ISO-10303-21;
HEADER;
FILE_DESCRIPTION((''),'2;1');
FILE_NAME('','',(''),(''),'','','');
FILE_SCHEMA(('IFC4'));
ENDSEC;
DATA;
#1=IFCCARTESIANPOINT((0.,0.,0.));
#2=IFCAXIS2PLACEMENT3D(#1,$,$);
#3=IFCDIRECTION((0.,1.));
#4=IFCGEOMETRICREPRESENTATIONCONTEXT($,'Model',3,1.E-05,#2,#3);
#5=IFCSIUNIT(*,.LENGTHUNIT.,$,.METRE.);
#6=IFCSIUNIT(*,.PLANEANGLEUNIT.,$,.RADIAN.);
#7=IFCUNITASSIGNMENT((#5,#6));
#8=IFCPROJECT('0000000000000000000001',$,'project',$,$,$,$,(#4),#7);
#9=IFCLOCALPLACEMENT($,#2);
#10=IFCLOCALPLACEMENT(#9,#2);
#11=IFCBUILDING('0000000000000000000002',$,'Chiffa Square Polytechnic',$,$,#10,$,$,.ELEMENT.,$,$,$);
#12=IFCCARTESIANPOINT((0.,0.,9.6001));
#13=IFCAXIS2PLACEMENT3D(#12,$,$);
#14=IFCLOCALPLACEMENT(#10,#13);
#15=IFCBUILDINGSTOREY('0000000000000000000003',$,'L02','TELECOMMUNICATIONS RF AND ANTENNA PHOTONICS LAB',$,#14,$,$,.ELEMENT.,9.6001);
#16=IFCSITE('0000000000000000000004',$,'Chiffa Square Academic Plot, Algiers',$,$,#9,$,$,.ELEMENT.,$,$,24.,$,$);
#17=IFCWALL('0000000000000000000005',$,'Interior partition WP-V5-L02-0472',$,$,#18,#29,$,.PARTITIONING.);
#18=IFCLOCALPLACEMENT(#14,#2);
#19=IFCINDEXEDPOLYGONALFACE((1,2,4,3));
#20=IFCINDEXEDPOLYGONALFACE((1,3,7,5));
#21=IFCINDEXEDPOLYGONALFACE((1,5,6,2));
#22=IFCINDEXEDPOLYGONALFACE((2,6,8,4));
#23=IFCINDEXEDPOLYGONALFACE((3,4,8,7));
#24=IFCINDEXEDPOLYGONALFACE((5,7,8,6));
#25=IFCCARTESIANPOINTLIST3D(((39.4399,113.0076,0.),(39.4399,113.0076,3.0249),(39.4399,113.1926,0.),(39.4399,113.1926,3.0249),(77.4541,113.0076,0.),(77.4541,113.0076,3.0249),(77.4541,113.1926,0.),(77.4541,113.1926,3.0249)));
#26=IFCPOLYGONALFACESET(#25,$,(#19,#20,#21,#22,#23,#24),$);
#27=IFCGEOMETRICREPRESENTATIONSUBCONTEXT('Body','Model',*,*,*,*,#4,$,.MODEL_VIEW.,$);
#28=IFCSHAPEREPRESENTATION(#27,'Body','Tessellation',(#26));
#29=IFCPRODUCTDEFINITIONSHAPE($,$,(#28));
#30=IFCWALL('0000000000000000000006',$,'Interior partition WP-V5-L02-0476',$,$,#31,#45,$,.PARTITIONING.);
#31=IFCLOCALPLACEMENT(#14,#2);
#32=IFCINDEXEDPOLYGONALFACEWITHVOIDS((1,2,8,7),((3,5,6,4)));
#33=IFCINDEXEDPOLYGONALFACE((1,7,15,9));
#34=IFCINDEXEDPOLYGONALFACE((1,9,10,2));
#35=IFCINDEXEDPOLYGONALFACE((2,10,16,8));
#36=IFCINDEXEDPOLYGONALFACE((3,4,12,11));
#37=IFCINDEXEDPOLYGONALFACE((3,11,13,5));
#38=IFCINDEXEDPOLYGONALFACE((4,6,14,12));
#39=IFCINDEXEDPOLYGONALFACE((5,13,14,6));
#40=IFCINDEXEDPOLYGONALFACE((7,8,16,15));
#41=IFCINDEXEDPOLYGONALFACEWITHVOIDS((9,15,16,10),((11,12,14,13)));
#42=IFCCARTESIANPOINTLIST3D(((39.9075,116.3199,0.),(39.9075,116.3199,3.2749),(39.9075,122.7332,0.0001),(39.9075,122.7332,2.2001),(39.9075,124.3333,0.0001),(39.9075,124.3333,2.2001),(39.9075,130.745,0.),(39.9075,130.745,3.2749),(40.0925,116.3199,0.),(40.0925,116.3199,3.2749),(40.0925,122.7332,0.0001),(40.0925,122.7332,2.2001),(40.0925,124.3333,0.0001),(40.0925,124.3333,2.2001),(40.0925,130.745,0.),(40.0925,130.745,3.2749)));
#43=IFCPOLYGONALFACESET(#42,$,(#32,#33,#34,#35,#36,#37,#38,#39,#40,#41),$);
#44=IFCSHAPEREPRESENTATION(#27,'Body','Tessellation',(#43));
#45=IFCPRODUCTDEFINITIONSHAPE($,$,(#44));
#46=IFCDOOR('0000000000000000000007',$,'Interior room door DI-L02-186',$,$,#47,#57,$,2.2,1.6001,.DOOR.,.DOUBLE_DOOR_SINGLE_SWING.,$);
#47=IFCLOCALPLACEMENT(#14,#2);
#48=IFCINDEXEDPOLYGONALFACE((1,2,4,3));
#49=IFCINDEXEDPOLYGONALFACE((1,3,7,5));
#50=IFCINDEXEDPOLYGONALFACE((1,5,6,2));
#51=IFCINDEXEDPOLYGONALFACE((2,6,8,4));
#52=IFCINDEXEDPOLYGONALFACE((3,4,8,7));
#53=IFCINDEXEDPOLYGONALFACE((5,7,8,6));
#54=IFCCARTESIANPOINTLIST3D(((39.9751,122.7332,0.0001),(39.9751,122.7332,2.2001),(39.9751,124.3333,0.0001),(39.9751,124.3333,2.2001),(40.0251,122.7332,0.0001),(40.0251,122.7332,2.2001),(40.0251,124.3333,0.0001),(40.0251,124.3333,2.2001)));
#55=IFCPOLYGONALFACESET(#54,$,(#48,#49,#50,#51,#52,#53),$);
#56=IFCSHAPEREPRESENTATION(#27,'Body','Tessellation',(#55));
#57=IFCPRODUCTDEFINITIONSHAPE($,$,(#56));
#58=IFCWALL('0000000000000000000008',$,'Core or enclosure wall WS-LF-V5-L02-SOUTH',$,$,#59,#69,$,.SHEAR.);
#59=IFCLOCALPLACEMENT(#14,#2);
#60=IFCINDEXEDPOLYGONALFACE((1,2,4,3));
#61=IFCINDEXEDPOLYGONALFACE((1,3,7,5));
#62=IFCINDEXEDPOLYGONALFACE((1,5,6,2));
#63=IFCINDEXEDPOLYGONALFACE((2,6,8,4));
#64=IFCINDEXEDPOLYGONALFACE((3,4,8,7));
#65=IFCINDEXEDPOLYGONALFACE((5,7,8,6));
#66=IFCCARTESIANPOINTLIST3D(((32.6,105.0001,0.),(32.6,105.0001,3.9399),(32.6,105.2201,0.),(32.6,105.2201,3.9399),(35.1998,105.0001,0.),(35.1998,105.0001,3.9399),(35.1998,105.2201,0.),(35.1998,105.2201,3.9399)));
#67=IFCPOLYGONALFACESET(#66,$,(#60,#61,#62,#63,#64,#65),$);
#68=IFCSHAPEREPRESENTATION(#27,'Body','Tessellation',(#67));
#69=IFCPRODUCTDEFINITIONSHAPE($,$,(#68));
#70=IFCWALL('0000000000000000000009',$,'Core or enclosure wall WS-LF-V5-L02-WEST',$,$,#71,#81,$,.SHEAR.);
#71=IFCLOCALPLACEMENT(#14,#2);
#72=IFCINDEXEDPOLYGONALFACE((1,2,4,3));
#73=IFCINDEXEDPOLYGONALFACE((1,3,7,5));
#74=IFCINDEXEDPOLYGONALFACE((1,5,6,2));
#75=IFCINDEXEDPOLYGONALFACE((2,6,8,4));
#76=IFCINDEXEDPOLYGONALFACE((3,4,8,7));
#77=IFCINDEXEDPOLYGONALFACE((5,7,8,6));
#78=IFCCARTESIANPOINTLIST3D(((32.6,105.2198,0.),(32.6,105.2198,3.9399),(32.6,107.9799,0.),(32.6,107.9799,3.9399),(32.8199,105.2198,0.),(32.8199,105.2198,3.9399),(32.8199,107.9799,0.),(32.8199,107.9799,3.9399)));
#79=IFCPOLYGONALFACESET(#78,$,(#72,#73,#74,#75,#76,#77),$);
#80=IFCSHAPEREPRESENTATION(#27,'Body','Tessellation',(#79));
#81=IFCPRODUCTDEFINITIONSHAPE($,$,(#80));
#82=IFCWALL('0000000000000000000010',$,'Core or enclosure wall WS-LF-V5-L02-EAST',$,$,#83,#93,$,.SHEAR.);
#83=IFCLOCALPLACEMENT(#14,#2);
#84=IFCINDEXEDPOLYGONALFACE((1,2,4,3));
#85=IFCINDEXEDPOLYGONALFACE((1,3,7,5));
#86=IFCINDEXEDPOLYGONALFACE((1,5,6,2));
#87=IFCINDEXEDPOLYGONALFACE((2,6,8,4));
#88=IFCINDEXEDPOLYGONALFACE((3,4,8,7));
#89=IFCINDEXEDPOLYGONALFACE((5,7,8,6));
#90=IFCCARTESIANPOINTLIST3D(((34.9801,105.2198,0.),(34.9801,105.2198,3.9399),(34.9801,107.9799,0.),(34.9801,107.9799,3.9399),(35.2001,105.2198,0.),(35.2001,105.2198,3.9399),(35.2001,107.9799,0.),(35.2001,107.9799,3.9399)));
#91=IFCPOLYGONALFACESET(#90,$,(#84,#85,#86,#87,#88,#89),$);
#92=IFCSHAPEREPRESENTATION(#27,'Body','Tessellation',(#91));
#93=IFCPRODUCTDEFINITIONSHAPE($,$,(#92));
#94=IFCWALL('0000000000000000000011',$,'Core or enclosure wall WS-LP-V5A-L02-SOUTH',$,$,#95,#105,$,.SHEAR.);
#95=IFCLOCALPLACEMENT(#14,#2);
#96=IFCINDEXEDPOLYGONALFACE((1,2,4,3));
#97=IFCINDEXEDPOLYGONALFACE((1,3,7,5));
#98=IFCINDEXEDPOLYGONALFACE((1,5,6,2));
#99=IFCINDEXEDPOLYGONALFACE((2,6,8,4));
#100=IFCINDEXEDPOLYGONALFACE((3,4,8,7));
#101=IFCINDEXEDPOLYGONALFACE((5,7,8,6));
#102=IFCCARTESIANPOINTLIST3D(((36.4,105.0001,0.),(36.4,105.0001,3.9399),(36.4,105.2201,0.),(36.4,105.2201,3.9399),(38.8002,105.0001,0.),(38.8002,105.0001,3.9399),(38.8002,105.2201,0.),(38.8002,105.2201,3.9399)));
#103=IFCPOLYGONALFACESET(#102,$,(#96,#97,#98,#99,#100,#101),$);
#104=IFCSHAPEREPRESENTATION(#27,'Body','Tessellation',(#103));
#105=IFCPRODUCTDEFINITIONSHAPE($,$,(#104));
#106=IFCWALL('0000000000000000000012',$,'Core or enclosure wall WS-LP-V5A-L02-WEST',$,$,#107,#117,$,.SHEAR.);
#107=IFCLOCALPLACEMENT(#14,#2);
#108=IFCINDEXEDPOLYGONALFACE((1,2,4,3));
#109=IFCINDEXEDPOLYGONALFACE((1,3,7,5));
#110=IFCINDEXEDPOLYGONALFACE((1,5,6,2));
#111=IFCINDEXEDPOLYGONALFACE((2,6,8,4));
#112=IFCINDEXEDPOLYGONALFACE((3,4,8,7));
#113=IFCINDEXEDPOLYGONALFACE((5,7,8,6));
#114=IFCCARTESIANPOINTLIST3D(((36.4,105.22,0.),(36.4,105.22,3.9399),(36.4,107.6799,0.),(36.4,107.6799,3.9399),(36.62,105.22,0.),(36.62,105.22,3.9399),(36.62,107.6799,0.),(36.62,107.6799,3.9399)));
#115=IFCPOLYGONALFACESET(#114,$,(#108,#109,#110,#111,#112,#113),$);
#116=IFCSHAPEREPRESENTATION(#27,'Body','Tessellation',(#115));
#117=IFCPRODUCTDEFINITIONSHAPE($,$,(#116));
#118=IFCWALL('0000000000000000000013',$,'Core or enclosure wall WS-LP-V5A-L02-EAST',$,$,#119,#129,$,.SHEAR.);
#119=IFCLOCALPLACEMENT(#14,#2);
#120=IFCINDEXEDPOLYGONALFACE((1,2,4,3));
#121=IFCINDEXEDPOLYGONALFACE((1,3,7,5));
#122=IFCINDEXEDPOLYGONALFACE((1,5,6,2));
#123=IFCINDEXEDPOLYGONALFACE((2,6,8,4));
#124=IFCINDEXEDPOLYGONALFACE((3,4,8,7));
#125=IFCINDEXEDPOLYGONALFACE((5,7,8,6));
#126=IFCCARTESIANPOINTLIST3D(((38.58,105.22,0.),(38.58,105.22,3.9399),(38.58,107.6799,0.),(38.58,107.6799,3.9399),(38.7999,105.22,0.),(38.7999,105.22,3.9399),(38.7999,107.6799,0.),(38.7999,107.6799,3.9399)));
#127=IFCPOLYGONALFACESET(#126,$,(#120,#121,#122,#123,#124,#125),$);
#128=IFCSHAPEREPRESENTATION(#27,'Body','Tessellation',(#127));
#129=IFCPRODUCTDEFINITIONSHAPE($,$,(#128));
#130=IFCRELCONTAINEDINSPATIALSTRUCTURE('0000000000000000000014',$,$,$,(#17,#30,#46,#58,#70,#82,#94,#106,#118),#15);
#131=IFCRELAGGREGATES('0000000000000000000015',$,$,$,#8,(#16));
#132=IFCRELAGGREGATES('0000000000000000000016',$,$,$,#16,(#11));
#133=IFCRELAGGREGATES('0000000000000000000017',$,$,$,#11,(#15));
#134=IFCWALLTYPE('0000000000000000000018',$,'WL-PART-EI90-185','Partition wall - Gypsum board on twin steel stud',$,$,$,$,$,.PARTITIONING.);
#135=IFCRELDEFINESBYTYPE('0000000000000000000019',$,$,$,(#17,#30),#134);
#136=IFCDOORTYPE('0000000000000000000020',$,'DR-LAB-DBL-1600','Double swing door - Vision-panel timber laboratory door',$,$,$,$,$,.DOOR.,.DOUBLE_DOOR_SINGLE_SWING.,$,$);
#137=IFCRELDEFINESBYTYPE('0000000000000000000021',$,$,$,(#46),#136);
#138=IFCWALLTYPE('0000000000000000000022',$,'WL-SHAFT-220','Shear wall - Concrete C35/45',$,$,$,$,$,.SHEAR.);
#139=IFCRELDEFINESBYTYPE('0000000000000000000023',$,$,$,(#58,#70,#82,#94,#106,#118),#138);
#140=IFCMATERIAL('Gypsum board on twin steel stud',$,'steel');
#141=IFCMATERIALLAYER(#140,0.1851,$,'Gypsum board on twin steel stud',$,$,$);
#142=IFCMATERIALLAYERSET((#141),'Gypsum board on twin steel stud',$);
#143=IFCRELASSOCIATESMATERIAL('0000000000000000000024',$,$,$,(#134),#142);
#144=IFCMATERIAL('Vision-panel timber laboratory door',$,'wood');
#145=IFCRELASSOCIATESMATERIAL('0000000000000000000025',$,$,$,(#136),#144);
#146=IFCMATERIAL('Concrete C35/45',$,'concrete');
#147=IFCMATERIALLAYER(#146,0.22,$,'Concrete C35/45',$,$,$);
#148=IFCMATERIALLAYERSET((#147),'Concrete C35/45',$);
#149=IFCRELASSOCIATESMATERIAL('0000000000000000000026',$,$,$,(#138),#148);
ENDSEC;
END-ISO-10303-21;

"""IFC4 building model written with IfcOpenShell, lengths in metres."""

from ifc_helpers import new_model, si_unit, direction, frame, frame_2d, origin, place, context, subcontext, project, spatial, rectangle, extrude, material, layer, layer_set, type_object, element, fill, save


model = new_model("IFC4")

# Units and contexts
model_context = context("Model", 3, precision=1e-05, world=origin(), true_north=direction((0.0, 1.0)))
body_context = subcontext(model_context, "Body", "Model", "MODEL_VIEW")
ifc_project = project(units=[si_unit("LENGTHUNIT", "METRE"), si_unit("PLANEANGLEUNIT", "RADIAN")], contexts=[model_context])

# Site, building, storey
site_placement = place(None, origin())
site = spatial("IfcSite", under=ifc_project, at=site_placement, Name="Chiffa Square Academic Plot, Algiers", CompositionType="ELEMENT", RefElevation=24.0)
building_placement = place(site_placement, origin())
building = spatial("IfcBuilding", under=site, at=building_placement, Name="Chiffa Square Polytechnic", CompositionType="ELEMENT")
storey_placement = place(building_placement, frame((0.0, 0.0, 9.6001)))
storey = spatial("IfcBuildingStorey", under=building, at=storey_placement, Name="L02", Description="TELECOMMUNICATIONS RF AND ANTENNA PHOTONICS LAB", CompositionType="ELEMENT", Elevation=9.6001)

# Shared definitions
ifc_material_1 = material(Name="Concrete C35/45", Category="concrete")

# Wall
ifc_material_2 = material(Name="Gypsum board on twin steel stud", Category="steel")
ifc_layer_1 = layer(ifc_material_2, 0.1851, Name="Gypsum board on twin steel stud")
ifc_layer_set_1 = layer_set([ifc_layer_1], Name="Gypsum board on twin steel stud")
wall_type_1 = type_object("IfcWallType", Name="WL-PART-EI90-185", Description="Partition wall - Gypsum board on twin steel stud", PredefinedType="PARTITIONING", material=ifc_layer_set_1)
wall_1_placement = place(storey_placement, frame((39.4399, 113.1001, 0.0), z_axis=(0.0, 0.0, 1.0), x_axis=(1.0, 0.0, 0.0)))
element("IfcWall", 1, at=wall_1_placement, inside=storey, type_object=wall_type_1, Name="Interior partition WP-V5-L02-0472", PredefinedType="PARTITIONING", context=body_context, shape_type="SweptSolid", body=[
    extrude(rectangle(XDim=38.0142, YDim=0.1851, at=frame_2d((19.0071, 0.0))), origin(), (0.0, 0.0, 1.0), 3.0249),
])

# Wall, opening, door
wall_2_placement = place(storey_placement, frame((40.0, 116.3201, 0.0), z_axis=(0.0, 0.0, 1.0), x_axis=(0.0, 1.0, 0.0)))
wall_2 = element("IfcWall", 2, at=wall_2_placement, inside=storey, type_object=wall_type_1, Name="Interior partition WP-V5-L02-0476", PredefinedType="PARTITIONING", context=body_context, shape_type="SweptSolid", body=[
    extrude(rectangle(XDim=14.425, YDim=0.1851, at=frame_2d((7.2124, 0.0))), origin(), (0.0, 0.0, 1.0), 3.2749),
])
opening_1_placement = place(wall_2_placement, frame((6.4131, 0.0, 0.0)))
opening_1 = element("IfcOpeningElement", 3, at=opening_1_placement, cuts=wall_2, PredefinedType="OPENING", context=body_context, shape_type="SweptSolid", body=[
    extrude(rectangle(XDim=1.6001, YDim=2.2, at=frame_2d((0.8, 1.1001))), frame((0.0, 0.1025, 0.0), z_axis=(0.0, -1.0, 0.0), x_axis=(1.0, 0.0, 0.0)), (0.0, 0.0, 1.0), 0.2051),
])
ifc_material_3 = material(Name="Vision-panel timber laboratory door", Category="wood")
door_type_1 = type_object("IfcDoorType", Name="DR-LAB-DBL-1600", Description="Double swing door - Vision-panel timber laboratory door", OperationType="DOUBLE_DOOR_SINGLE_SWING", PredefinedType="DOOR", material=ifc_material_3)
door_1_placement = place(opening_1_placement, origin())
door_1 = element("IfcDoor", 4, at=door_1_placement, inside=storey, type_object=door_type_1, Name="Interior room door DI-L02-186", OperationType="DOUBLE_DOOR_SINGLE_SWING", OverallHeight=2.2, OverallWidth=1.6001, PredefinedType="DOOR", context=body_context, shape_type="SweptSolid", body=[
    extrude(rectangle(XDim=1.6001, YDim=2.2, at=frame_2d((0.8, 1.1001))), frame((0.0, 0.0249, 0.0), z_axis=(0.0, -1.0, 0.0), x_axis=(1.0, 0.0, 0.0)), (0.0, 0.0, 1.0), 0.05),
])
fill(opening_1, door_1)

# Wall
ifc_layer_2 = layer(ifc_material_1, 0.22, Name="Concrete C35/45")
ifc_layer_set_2 = layer_set([ifc_layer_2], Name="Concrete C35/45")
wall_type_2 = type_object("IfcWallType", Name="WL-SHAFT-220", Description="Shear wall - Concrete C35/45", PredefinedType="SHEAR", material=ifc_layer_set_2)
wall_3_placement = place(storey_placement, frame((32.6001, 105.1101, 0.0), z_axis=(0.0, 0.0, 1.0), x_axis=(1.0, 0.0, 0.0)))
element("IfcWall", 5, at=wall_3_placement, inside=storey, type_object=wall_type_2, Name="Core or enclosure wall WS-LF-V5-L02-SOUTH", PredefinedType="SHEAR", context=body_context, shape_type="SweptSolid", body=[
    extrude(rectangle(XDim=2.5999, YDim=0.22, at=frame_2d((1.2998, 0.0))), origin(), (0.0, 0.0, 1.0), 3.9399),
])

# Walls
for number, where, z_axis, x_axis, name in (
    (6, (32.71, 105.22, 0.0), (0.0, 0.0, 1.0), (0.0, 1.0, 0.0), "Core or enclosure wall WS-LF-V5-L02-WEST"),
    (7, (35.0901, 105.22, 0.0), (0.0, 0.0, 1.0), (0.0, 1.0, 0.0), "Core or enclosure wall WS-LF-V5-L02-EAST"),
):
    element("IfcWall", number, at=place(storey_placement, frame(where, z_axis=z_axis, x_axis=x_axis)), inside=storey, type_object=wall_type_2, Name=name, PredefinedType="SHEAR", context=body_context, shape_type="SweptSolid", body=[
        extrude(rectangle(XDim=2.76, YDim=0.22, at=frame_2d((1.3799, 0.0))), origin(), (0.0, 0.0, 1.0), 3.9399),
    ])
wall_4_placement = place(storey_placement, frame((36.3999, 105.1101, 0.0), z_axis=(0.0, 0.0, 1.0), x_axis=(1.0, 0.0, 0.0)))
element("IfcWall", 8, at=wall_4_placement, inside=storey, type_object=wall_type_2, Name="Core or enclosure wall WS-LP-V5A-L02-SOUTH", PredefinedType="SHEAR", context=body_context, shape_type="SweptSolid", body=[
    extrude(rectangle(XDim=2.4001, YDim=0.22, at=frame_2d((1.2002, 0.0))), origin(), (0.0, 0.0, 1.0), 3.9399),
])

# Walls
for number, where, z_axis, x_axis, name in (
    (9, (36.51, 105.22, 0.0), (0.0, 0.0, 1.0), (0.0, 1.0, 0.0), "Core or enclosure wall WS-LP-V5A-L02-WEST"),
    (10, (38.6899, 105.22, 0.0), (0.0, 0.0, 1.0), (0.0, 1.0, 0.0), "Core or enclosure wall WS-LP-V5A-L02-EAST"),
):
    element("IfcWall", number, at=place(storey_placement, frame(where, z_axis=z_axis, x_axis=x_axis)), inside=storey, type_object=wall_type_2, Name=name, PredefinedType="SHEAR", context=body_context, shape_type="SweptSolid", body=[
        extrude(rectangle(XDim=2.46, YDim=0.22, at=frame_2d((1.23, 0.0))), origin(), (0.0, 0.0, 1.0), 3.9399),
    ])

save(model, "model.ifc")
